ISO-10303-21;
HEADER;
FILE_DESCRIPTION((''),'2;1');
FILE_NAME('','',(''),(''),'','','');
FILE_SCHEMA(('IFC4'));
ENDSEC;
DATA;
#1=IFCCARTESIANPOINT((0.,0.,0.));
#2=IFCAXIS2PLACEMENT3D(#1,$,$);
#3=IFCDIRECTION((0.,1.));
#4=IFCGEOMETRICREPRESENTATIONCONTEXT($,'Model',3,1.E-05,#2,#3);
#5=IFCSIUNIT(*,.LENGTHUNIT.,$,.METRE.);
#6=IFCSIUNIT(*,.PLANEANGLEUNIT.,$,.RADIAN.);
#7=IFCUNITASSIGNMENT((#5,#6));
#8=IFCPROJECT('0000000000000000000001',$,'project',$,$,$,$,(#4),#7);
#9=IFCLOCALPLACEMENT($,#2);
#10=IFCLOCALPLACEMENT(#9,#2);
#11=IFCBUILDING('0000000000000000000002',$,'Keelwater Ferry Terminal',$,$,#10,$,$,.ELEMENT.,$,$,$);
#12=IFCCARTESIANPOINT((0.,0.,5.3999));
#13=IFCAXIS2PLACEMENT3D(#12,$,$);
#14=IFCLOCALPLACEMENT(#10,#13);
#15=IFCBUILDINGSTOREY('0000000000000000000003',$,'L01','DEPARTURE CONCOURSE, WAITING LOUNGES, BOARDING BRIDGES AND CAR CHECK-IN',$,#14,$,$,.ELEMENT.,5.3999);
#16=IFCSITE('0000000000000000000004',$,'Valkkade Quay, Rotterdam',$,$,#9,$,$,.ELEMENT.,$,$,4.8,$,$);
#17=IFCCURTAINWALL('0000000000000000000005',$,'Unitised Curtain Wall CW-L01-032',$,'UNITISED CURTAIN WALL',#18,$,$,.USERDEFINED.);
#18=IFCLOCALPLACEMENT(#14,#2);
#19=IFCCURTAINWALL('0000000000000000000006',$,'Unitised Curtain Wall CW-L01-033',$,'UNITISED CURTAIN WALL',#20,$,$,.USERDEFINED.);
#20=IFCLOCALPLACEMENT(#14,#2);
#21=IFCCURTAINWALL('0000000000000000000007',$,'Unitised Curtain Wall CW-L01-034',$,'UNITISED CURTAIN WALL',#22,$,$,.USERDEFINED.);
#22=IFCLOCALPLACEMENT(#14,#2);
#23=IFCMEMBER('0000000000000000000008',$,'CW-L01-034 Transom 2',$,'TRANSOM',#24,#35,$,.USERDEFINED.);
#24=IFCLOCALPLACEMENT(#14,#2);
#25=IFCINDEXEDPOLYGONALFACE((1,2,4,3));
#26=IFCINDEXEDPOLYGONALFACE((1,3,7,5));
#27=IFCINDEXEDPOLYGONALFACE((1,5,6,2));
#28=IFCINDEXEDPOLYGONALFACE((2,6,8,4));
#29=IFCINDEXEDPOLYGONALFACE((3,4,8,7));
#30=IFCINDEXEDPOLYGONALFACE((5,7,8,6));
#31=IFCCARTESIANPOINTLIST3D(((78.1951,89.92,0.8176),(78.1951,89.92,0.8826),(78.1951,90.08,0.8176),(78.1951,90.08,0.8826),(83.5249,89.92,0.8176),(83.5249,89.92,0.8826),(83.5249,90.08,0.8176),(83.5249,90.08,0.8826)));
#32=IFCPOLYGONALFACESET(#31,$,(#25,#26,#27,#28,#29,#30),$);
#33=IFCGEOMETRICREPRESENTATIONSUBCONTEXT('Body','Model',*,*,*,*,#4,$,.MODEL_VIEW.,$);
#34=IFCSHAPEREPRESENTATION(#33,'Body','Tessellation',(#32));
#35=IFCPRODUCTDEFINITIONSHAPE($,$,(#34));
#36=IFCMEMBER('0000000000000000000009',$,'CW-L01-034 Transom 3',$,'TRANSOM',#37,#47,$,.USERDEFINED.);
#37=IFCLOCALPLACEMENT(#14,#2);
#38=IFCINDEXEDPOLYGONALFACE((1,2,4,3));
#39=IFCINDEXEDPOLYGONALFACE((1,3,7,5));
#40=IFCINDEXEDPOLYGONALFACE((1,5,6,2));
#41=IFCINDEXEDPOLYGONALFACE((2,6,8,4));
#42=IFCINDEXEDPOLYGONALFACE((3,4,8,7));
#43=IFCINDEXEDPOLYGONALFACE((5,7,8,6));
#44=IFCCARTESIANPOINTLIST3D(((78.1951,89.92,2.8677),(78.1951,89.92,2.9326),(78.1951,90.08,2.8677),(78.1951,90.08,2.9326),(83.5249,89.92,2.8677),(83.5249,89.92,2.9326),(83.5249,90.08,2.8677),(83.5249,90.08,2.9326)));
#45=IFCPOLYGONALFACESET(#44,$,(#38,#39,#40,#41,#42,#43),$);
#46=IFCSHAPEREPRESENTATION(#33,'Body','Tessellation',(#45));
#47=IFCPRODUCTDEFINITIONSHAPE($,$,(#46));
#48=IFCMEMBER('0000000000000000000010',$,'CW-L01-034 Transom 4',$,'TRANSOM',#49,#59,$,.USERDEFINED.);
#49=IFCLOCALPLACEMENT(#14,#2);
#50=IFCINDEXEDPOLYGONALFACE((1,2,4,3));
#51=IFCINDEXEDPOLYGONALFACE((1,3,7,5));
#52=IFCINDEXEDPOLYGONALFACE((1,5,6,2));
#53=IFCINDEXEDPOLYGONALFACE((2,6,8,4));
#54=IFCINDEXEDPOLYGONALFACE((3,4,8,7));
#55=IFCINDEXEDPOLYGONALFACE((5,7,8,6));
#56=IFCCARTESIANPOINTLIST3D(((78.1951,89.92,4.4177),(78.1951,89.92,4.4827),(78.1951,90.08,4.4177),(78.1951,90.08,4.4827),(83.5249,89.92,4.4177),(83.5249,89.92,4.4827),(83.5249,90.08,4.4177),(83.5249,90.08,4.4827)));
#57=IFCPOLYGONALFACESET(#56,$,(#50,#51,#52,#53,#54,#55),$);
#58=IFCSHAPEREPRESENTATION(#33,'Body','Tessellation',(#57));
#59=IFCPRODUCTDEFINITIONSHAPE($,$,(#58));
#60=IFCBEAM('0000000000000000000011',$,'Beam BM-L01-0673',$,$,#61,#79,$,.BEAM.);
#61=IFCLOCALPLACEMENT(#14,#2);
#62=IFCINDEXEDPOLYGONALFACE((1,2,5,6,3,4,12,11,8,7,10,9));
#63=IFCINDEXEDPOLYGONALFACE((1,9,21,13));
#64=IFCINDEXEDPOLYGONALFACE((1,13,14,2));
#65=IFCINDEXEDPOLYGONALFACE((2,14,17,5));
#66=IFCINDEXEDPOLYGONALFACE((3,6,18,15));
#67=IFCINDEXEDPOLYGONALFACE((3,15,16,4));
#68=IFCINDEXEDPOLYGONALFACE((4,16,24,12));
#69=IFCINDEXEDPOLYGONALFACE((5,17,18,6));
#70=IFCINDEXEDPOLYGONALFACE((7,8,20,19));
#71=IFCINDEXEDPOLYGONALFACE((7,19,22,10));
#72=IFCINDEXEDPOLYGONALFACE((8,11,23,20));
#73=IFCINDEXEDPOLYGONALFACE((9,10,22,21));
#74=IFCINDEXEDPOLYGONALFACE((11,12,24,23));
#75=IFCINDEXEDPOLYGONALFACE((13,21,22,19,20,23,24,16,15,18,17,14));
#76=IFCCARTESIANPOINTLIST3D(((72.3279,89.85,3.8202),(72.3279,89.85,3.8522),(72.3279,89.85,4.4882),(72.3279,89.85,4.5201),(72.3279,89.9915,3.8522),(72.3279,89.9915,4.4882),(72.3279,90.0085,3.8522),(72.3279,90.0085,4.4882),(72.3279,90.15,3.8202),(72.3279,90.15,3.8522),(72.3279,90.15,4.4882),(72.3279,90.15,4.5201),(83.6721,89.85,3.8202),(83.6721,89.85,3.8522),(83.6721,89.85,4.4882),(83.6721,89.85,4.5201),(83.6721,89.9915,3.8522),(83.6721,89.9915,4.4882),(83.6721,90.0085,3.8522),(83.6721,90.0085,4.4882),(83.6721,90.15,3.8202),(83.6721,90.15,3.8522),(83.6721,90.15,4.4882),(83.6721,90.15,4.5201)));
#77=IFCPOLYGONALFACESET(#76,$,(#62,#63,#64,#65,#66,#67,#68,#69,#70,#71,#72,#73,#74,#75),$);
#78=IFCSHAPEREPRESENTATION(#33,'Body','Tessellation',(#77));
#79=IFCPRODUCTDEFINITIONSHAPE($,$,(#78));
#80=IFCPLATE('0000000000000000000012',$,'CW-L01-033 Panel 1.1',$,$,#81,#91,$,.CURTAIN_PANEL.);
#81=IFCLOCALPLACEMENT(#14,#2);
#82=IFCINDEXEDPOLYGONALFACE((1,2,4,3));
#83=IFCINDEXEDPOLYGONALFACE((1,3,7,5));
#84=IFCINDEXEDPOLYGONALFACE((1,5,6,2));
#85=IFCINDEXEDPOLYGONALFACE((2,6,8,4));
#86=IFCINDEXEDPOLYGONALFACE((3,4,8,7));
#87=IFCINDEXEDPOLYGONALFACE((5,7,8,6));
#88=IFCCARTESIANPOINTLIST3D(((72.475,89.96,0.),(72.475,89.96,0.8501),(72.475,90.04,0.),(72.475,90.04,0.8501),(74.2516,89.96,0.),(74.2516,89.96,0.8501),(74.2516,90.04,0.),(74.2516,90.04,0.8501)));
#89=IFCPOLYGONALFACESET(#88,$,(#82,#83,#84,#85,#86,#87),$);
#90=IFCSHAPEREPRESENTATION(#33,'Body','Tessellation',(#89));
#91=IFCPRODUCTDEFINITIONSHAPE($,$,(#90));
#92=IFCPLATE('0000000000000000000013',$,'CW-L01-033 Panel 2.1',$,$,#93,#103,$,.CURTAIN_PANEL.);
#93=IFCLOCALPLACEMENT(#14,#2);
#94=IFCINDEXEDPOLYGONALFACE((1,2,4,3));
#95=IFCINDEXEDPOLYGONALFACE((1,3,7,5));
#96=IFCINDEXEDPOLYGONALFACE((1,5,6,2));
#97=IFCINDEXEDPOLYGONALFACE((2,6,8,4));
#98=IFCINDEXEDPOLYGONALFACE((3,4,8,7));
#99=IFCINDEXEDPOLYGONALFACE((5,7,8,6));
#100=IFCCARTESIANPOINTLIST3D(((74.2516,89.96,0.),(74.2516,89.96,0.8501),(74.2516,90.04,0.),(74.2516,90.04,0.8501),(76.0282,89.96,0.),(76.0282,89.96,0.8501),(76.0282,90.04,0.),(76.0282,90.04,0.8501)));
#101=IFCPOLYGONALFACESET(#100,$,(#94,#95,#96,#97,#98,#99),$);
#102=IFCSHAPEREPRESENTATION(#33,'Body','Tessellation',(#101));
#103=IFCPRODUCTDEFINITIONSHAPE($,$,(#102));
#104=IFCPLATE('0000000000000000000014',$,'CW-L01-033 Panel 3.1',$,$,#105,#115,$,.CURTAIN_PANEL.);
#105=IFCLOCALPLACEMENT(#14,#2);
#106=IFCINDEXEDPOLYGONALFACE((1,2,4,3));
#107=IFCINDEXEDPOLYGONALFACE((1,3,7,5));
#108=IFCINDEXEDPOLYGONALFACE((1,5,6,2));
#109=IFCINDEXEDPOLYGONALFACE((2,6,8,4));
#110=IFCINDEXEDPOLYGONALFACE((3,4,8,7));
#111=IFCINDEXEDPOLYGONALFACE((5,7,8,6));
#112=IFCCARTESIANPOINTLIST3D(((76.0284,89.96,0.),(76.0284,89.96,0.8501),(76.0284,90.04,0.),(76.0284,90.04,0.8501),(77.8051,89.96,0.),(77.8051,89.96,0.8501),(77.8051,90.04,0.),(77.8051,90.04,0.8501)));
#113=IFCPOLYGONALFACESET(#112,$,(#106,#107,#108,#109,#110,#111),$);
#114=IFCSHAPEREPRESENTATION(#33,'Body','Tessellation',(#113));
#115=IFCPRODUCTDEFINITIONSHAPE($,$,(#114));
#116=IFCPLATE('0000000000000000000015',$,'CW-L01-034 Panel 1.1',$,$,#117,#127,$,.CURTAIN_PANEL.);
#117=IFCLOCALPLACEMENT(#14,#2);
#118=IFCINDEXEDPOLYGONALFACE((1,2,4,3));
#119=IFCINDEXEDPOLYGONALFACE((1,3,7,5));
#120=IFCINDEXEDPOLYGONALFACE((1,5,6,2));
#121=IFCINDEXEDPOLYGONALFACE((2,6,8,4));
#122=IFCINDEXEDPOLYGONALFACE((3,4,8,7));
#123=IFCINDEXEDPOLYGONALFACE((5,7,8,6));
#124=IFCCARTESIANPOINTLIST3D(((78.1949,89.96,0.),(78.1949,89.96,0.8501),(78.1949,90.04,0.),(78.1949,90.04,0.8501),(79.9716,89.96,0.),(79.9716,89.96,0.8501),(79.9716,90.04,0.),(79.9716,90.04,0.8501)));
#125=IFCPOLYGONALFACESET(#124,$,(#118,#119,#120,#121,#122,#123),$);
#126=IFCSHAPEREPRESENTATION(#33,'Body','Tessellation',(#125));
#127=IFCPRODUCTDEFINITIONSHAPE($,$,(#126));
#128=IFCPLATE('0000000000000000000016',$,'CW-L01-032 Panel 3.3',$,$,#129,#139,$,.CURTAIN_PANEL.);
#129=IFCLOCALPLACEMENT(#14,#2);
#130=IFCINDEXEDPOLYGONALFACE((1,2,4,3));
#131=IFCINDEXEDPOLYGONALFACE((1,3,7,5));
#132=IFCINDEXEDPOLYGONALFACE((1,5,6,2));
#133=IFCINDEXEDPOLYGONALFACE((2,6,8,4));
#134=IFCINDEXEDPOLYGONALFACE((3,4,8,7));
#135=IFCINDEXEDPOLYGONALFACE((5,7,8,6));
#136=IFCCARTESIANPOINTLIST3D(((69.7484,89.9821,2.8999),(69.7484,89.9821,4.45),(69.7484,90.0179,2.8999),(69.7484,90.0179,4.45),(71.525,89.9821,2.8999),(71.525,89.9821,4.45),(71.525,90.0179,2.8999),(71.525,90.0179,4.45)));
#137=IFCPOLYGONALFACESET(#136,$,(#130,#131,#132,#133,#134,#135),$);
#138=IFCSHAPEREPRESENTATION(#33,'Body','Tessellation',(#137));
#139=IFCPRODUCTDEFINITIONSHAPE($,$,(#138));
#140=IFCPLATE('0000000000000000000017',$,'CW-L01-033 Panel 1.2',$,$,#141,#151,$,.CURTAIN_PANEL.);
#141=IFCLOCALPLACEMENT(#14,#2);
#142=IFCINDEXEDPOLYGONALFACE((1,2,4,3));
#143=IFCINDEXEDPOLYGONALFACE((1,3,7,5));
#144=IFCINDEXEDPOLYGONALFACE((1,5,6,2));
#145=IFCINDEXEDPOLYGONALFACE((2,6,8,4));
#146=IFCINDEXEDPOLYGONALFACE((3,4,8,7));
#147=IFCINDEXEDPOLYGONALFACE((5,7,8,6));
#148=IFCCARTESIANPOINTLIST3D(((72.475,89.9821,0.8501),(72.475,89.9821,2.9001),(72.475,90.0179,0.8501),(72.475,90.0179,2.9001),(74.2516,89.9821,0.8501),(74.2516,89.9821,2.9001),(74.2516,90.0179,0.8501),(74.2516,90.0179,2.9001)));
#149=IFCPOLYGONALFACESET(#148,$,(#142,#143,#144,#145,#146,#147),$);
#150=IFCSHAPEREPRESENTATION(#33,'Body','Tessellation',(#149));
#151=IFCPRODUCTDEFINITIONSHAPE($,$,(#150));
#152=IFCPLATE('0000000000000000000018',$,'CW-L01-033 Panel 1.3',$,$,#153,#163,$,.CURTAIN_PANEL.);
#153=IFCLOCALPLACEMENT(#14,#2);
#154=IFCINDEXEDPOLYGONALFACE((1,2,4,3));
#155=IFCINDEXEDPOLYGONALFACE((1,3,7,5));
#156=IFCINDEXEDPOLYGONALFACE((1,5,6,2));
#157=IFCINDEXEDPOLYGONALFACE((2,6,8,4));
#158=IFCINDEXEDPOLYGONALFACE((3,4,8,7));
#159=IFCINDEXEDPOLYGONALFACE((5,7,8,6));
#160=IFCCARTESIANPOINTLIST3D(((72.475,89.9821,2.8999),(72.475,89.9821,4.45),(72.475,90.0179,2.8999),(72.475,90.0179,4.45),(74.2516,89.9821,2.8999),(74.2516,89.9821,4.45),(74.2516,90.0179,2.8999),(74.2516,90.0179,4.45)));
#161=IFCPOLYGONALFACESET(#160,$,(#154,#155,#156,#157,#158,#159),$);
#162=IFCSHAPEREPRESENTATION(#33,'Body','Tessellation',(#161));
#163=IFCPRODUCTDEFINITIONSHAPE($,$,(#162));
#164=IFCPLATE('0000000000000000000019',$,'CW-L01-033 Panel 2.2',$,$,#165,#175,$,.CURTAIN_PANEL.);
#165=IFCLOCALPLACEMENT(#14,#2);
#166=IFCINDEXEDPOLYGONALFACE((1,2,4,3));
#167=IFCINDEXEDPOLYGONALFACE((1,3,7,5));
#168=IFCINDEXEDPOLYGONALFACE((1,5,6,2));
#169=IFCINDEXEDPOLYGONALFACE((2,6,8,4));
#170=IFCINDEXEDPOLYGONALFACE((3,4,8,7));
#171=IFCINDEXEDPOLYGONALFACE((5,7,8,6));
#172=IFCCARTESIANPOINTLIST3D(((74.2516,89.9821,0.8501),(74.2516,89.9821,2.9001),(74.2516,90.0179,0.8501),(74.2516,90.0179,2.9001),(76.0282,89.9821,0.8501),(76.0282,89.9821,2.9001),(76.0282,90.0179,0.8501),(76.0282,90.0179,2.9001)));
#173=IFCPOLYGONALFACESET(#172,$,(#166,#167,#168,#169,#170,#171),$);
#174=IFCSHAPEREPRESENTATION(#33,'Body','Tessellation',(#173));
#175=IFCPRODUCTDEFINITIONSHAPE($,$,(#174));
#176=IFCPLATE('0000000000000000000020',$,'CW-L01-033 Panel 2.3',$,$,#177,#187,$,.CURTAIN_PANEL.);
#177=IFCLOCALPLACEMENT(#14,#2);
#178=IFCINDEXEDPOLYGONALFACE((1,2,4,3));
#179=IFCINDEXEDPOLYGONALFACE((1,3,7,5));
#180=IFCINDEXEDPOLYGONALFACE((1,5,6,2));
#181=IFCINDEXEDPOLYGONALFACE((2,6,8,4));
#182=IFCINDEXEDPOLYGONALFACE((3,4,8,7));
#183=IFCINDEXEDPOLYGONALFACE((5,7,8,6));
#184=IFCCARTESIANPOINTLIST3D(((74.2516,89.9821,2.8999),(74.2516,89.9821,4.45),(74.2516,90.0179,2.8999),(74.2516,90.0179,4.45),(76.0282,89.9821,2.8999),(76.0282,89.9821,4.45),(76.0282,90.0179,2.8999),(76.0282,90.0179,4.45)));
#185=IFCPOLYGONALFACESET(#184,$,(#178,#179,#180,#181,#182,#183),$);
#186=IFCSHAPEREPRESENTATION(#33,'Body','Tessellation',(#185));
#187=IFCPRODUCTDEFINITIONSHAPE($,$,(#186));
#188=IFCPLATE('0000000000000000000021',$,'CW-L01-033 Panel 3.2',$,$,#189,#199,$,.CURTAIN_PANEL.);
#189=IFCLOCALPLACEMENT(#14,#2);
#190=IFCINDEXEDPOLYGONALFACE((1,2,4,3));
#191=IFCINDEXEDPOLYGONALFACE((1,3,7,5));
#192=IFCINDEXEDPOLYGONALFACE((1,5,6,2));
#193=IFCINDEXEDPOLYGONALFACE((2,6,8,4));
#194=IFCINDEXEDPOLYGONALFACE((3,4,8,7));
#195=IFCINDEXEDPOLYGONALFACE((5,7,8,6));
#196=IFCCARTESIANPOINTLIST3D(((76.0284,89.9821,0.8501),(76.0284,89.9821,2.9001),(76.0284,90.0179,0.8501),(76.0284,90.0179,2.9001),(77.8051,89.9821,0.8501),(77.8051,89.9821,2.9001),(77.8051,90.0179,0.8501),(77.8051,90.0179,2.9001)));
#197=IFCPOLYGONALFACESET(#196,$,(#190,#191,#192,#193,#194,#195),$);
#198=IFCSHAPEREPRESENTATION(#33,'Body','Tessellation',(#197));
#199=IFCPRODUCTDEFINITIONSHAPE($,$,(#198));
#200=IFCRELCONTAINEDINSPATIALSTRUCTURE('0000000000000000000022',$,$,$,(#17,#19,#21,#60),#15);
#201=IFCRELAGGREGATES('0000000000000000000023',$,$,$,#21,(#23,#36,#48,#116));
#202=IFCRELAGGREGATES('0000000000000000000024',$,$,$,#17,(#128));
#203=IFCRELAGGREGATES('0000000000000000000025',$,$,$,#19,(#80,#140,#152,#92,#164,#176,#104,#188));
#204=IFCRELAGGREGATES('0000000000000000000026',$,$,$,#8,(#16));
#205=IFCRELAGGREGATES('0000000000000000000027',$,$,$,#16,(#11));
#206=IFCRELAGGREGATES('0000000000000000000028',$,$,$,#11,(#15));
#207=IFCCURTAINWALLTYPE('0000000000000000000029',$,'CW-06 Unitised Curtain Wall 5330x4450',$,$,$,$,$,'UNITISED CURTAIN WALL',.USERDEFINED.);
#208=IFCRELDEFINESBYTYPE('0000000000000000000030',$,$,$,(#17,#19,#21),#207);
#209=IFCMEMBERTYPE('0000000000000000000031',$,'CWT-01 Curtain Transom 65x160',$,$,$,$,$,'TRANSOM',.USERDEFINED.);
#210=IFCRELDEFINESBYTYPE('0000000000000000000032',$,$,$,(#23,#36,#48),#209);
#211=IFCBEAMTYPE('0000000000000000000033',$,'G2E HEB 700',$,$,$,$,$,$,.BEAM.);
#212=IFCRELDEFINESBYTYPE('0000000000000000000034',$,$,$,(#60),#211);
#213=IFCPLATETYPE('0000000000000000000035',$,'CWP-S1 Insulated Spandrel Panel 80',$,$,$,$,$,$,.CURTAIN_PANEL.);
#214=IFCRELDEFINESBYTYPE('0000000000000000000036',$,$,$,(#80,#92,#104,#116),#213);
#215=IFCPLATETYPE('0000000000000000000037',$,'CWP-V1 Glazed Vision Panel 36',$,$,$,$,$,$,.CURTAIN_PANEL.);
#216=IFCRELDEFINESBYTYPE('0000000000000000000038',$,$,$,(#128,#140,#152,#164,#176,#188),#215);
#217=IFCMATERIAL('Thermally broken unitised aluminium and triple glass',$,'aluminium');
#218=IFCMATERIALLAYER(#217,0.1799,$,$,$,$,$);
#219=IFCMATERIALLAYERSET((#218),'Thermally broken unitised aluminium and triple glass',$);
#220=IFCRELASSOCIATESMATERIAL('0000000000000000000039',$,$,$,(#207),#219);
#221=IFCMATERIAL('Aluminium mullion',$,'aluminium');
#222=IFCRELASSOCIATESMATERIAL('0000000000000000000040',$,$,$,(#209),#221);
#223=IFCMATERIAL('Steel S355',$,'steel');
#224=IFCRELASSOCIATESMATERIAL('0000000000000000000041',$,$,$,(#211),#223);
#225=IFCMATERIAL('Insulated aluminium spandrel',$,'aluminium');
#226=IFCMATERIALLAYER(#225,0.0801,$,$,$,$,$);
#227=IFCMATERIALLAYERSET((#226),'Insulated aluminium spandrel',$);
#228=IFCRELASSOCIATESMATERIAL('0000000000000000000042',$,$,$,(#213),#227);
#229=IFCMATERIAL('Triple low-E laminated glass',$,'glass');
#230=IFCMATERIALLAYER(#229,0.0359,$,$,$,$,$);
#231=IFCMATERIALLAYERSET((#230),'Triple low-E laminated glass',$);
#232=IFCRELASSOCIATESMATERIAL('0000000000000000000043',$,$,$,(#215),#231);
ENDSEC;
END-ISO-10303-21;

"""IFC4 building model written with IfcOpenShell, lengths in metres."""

from ifc_helpers import new_model, si_unit, direction, frame, origin, origin_2d, place, context, subcontext, project, spatial, rectangle, i_section, extrude, material, layer, layer_set, material_profile, profile_set, type_object, element, aggregate, save


model = new_model("IFC4")

# Units and contexts
model_context = context("Model", 3, precision=1e-05, world=origin(), true_north=direction((0.0, 1.0)))
body_context = subcontext(model_context, "Body", "Model", "MODEL_VIEW")
ifc_project = project(units=[si_unit("LENGTHUNIT", "METRE"), si_unit("PLANEANGLEUNIT", "RADIAN")], contexts=[model_context])

# Site, building, storey
site_placement = place(None, origin())
site = spatial("IfcSite", under=ifc_project, at=site_placement, Name="Valkkade Quay, Rotterdam", CompositionType="ELEMENT", RefElevation=4.8)
building_placement = place(site_placement, origin())
building = spatial("IfcBuilding", under=site, at=building_placement, Name="Keelwater Ferry Terminal", CompositionType="ELEMENT")
storey_placement = place(building_placement, frame((0.0, 0.0, 5.3999)))
storey = spatial("IfcBuildingStorey", under=building, at=storey_placement, Name="L01", Description="DEPARTURE CONCOURSE, WAITING LOUNGES, BOARDING BRIDGES AND CAR CHECK-IN", CompositionType="ELEMENT", Elevation=5.3999)

# Curtain wall
ifc_material_1 = material(Name="Thermally broken unitised aluminium and triple glass", Category="aluminium")
ifc_layer_1 = layer(ifc_material_1, 0.1799)
ifc_layer_set_1 = layer_set([ifc_layer_1], Name="Thermally broken unitised aluminium and triple glass")
curtain_wall_type = type_object("IfcCurtainWallType", Name="CW-06 Unitised Curtain Wall 5330x4450", ElementType="UNITISED CURTAIN WALL", PredefinedType="USERDEFINED", material=ifc_layer_set_1)
curtain_wall_1_placement = place(storey_placement, origin())
curtain_wall_1 = element("IfcCurtainWall", 1, at=curtain_wall_1_placement, inside=storey, type_object=curtain_wall_type, Name="Unitised Curtain Wall CW-L01-032", ObjectType="UNITISED CURTAIN WALL", PredefinedType="USERDEFINED")

# Curtain wall
curtain_wall_2_placement = place(storey_placement, origin())
curtain_wall_2 = element("IfcCurtainWall", 2, at=curtain_wall_2_placement, inside=storey, type_object=curtain_wall_type, Name="Unitised Curtain Wall CW-L01-033", ObjectType="UNITISED CURTAIN WALL", PredefinedType="USERDEFINED")

# Curtain wall
curtain_wall_3_placement = place(storey_placement, origin())
curtain_wall_3 = element("IfcCurtainWall", 3, at=curtain_wall_3_placement, inside=storey, type_object=curtain_wall_type, Name="Unitised Curtain Wall CW-L01-034", ObjectType="UNITISED CURTAIN WALL", PredefinedType="USERDEFINED")

# Members
ifc_material_2 = material(Name="Aluminium mullion", Category="aluminium")
ifc_material_profile_1 = material_profile(ifc_material_2, rectangle(XDim=0.1599, YDim=0.0649, at=origin_2d()), Name="CWT-01")
ifc_profile_set_1 = profile_set([ifc_material_profile_1], Name="Aluminium mullion")
member_type_1 = type_object("IfcMemberType", Name="CWT-01 Curtain Transom 65x160", ElementType="TRANSOM", PredefinedType="USERDEFINED", material=ifc_profile_set_1)
member_1_placement = place(storey_placement, frame((78.1951, 90.0, 0.8501), z_axis=(1.0, 0.0, 0.0), x_axis=(0.0, 1.0, 0.0)))
member_1 = element("IfcMember", 4, at=member_1_placement, type_object=member_type_1, Name="CW-L01-034 Transom 2", ObjectType="TRANSOM", PredefinedType="USERDEFINED", context=body_context, shape_type="SweptSolid", body=[
    extrude(rectangle(XDim=0.1599, YDim=0.0649, at=origin_2d()), origin(), (0.0, 0.0, 1.0), 5.3298),
])
member_2_placement = place(storey_placement, frame((78.1951, 90.0, 2.9001), z_axis=(1.0, 0.0, 0.0), x_axis=(0.0, 1.0, 0.0)))
member_2 = element("IfcMember", 5, at=member_2_placement, type_object=member_type_1, Name="CW-L01-034 Transom 3", ObjectType="TRANSOM", PredefinedType="USERDEFINED", context=body_context, shape_type="SweptSolid", body=[
    extrude(rectangle(XDim=0.1599, YDim=0.0649, at=origin_2d()), origin(), (0.0, 0.0, 1.0), 5.3298),
])
member_3_placement = place(storey_placement, frame((78.1951, 90.0, 4.4502), z_axis=(1.0, 0.0, 0.0), x_axis=(0.0, 1.0, 0.0)))
member_3 = element("IfcMember", 6, at=member_3_placement, type_object=member_type_1, Name="CW-L01-034 Transom 4", ObjectType="TRANSOM", PredefinedType="USERDEFINED", context=body_context, shape_type="SweptSolid", body=[
    extrude(rectangle(XDim=0.1599, YDim=0.0649, at=origin_2d()), origin(), (0.0, 0.0, 1.0), 5.3298),
])

# Beam
ifc_material_3 = material(Name="Steel S355", Category="steel")
ifc_material_profile_2 = material_profile(ifc_material_3, i_section(OverallWidth=0.3, OverallDepth=0.7, WebThickness=0.0171, FlangeThickness=0.032, at=origin_2d()), Name="HEB 700")
ifc_profile_set_2 = profile_set([ifc_material_profile_2], Name="Steel S355")
beam_type = type_object("IfcBeamType", Name="G2E HEB 700", PredefinedType="BEAM", material=ifc_profile_set_2)
beam_placement = place(storey_placement, frame((72.3279, 90.0, 4.1702), z_axis=(1.0, 0.0, 0.0), x_axis=(0.0, 1.0, 0.0)))
element("IfcBeam", 7, at=beam_placement, inside=storey, type_object=beam_type, Name="Beam BM-L01-0673", PredefinedType="BEAM", context=body_context, shape_type="SweptSolid", body=[
    extrude(i_section(OverallWidth=0.3, OverallDepth=0.7, WebThickness=0.0171, FlangeThickness=0.032, at=origin_2d()), origin(), (0.0, 0.0, 1.0), 11.3442),
])

# Plates
ifc_material_4 = material(Name="Insulated aluminium spandrel", Category="aluminium")
ifc_layer_2 = layer(ifc_material_4, 0.0801)
ifc_layer_set_2 = layer_set([ifc_layer_2], Name="Insulated aluminium spandrel")
plate_type_1 = type_object("IfcPlateType", Name="CWP-S1 Insulated Spandrel Panel 80", PredefinedType="CURTAIN_PANEL", material=ifc_layer_set_2)
plate_1_placement = place(storey_placement, frame((73.3633, 90.0, 0.0), z_axis=(0.0, 0.0, 1.0), x_axis=(1.0, 0.0, 0.0)))
plate_1 = element("IfcPlate", 8, at=plate_1_placement, type_object=plate_type_1, Name="CW-L01-033 Panel 1.1", PredefinedType="CURTAIN_PANEL", context=body_context, shape_type="SweptSolid", body=[
    extrude(rectangle(XDim=1.7766, YDim=0.0801, at=origin_2d()), origin(), (0.0, 0.0, 1.0), 0.8501),
])
plate_2_placement = place(storey_placement, frame((75.1399, 90.0, 0.0), z_axis=(0.0, 0.0, 1.0), x_axis=(1.0, 0.0, 0.0)))
plate_2 = element("IfcPlate", 9, at=plate_2_placement, type_object=plate_type_1, Name="CW-L01-033 Panel 2.1", PredefinedType="CURTAIN_PANEL", context=body_context, shape_type="SweptSolid", body=[
    extrude(rectangle(XDim=1.7766, YDim=0.0801, at=origin_2d()), origin(), (0.0, 0.0, 1.0), 0.8501),
])
plate_3_placement = place(storey_placement, frame((76.9167, 90.0, 0.0), z_axis=(0.0, 0.0, 1.0), x_axis=(1.0, 0.0, 0.0)))
plate_3 = element("IfcPlate", 10, at=plate_3_placement, type_object=plate_type_1, Name="CW-L01-033 Panel 3.1", PredefinedType="CURTAIN_PANEL", context=body_context, shape_type="SweptSolid", body=[
    extrude(rectangle(XDim=1.7766, YDim=0.0801, at=origin_2d()), origin(), (0.0, 0.0, 1.0), 0.8501),
])
plate_4_placement = place(storey_placement, frame((79.0833, 90.0, 0.0), z_axis=(0.0, 0.0, 1.0), x_axis=(1.0, 0.0, 0.0)))
plate_4 = element("IfcPlate", 11, at=plate_4_placement, type_object=plate_type_1, Name="CW-L01-034 Panel 1.1", PredefinedType="CURTAIN_PANEL", context=body_context, shape_type="SweptSolid", body=[
    extrude(rectangle(XDim=1.7766, YDim=0.0801, at=origin_2d()), origin(), (0.0, 0.0, 1.0), 0.8501),
])
aggregate(curtain_wall_3, [member_1, member_2, member_3, plate_4])
ifc_material_5 = material(Name="Triple low-E laminated glass", Category="glass")
ifc_layer_3 = layer(ifc_material_5, 0.0359)
ifc_layer_set_3 = layer_set([ifc_layer_3], Name="Triple low-E laminated glass")
plate_type_2 = type_object("IfcPlateType", Name="CWP-V1 Glazed Vision Panel 36", PredefinedType="CURTAIN_PANEL", material=ifc_layer_set_3)
plate_5_placement = place(storey_placement, frame((70.6367, 90.0, 2.8999), z_axis=(0.0, 0.0, 1.0), x_axis=(1.0, 0.0, 0.0)))
plate_5 = element("IfcPlate", 12, at=plate_5_placement, type_object=plate_type_2, Name="CW-L01-032 Panel 3.3", PredefinedType="CURTAIN_PANEL", context=body_context, shape_type="SweptSolid", body=[
    extrude(rectangle(XDim=1.7766, YDim=0.0359, at=origin_2d()), origin(), (0.0, 0.0, 1.0), 1.55),
])
aggregate(curtain_wall_1, [plate_5])
plate_6_placement = place(storey_placement, frame((73.3633, 90.0, 0.8501), z_axis=(0.0, 0.0, 1.0), x_axis=(1.0, 0.0, 0.0)))
plate_6 = element("IfcPlate", 13, at=plate_6_placement, type_object=plate_type_2, Name="CW-L01-033 Panel 1.2", PredefinedType="CURTAIN_PANEL", context=body_context, shape_type="SweptSolid", body=[
    extrude(rectangle(XDim=1.7766, YDim=0.0359, at=origin_2d()), origin(), (0.0, 0.0, 1.0), 2.05),
])
plate_7_placement = place(storey_placement, frame((73.3633, 90.0, 2.8999), z_axis=(0.0, 0.0, 1.0), x_axis=(1.0, 0.0, 0.0)))
plate_7 = element("IfcPlate", 14, at=plate_7_placement, type_object=plate_type_2, Name="CW-L01-033 Panel 1.3", PredefinedType="CURTAIN_PANEL", context=body_context, shape_type="SweptSolid", body=[
    extrude(rectangle(XDim=1.7766, YDim=0.0359, at=origin_2d()), origin(), (0.0, 0.0, 1.0), 1.55),
])
plate_8_placement = place(storey_placement, frame((75.1399, 90.0, 0.8501), z_axis=(0.0, 0.0, 1.0), x_axis=(1.0, 0.0, 0.0)))
plate_8 = element("IfcPlate", 15, at=plate_8_placement, type_object=plate_type_2, Name="CW-L01-033 Panel 2.2", PredefinedType="CURTAIN_PANEL", context=body_context, shape_type="SweptSolid", body=[
    extrude(rectangle(XDim=1.7766, YDim=0.0359, at=origin_2d()), origin(), (0.0, 0.0, 1.0), 2.05),
])
plate_9_placement = place(storey_placement, frame((75.1399, 90.0, 2.8999), z_axis=(0.0, 0.0, 1.0), x_axis=(1.0, 0.0, 0.0)))
plate_9 = element("IfcPlate", 16, at=plate_9_placement, type_object=plate_type_2, Name="CW-L01-033 Panel 2.3", PredefinedType="CURTAIN_PANEL", context=body_context, shape_type="SweptSolid", body=[
    extrude(rectangle(XDim=1.7766, YDim=0.0359, at=origin_2d()), origin(), (0.0, 0.0, 1.0), 1.55),
])
plate_10_placement = place(storey_placement, frame((76.9167, 90.0, 0.8501), z_axis=(0.0, 0.0, 1.0), x_axis=(1.0, 0.0, 0.0)))
plate_10 = element("IfcPlate", 17, at=plate_10_placement, type_object=plate_type_2, Name="CW-L01-033 Panel 3.2", PredefinedType="CURTAIN_PANEL", context=body_context, shape_type="SweptSolid", body=[
    extrude(rectangle(XDim=1.7766, YDim=0.0359, at=origin_2d()), origin(), (0.0, 0.0, 1.0), 2.05),
])
aggregate(curtain_wall_2, [plate_1, plate_6, plate_7, plate_2, plate_8, plate_9, plate_3, plate_10])

save(model, "model.ifc")
